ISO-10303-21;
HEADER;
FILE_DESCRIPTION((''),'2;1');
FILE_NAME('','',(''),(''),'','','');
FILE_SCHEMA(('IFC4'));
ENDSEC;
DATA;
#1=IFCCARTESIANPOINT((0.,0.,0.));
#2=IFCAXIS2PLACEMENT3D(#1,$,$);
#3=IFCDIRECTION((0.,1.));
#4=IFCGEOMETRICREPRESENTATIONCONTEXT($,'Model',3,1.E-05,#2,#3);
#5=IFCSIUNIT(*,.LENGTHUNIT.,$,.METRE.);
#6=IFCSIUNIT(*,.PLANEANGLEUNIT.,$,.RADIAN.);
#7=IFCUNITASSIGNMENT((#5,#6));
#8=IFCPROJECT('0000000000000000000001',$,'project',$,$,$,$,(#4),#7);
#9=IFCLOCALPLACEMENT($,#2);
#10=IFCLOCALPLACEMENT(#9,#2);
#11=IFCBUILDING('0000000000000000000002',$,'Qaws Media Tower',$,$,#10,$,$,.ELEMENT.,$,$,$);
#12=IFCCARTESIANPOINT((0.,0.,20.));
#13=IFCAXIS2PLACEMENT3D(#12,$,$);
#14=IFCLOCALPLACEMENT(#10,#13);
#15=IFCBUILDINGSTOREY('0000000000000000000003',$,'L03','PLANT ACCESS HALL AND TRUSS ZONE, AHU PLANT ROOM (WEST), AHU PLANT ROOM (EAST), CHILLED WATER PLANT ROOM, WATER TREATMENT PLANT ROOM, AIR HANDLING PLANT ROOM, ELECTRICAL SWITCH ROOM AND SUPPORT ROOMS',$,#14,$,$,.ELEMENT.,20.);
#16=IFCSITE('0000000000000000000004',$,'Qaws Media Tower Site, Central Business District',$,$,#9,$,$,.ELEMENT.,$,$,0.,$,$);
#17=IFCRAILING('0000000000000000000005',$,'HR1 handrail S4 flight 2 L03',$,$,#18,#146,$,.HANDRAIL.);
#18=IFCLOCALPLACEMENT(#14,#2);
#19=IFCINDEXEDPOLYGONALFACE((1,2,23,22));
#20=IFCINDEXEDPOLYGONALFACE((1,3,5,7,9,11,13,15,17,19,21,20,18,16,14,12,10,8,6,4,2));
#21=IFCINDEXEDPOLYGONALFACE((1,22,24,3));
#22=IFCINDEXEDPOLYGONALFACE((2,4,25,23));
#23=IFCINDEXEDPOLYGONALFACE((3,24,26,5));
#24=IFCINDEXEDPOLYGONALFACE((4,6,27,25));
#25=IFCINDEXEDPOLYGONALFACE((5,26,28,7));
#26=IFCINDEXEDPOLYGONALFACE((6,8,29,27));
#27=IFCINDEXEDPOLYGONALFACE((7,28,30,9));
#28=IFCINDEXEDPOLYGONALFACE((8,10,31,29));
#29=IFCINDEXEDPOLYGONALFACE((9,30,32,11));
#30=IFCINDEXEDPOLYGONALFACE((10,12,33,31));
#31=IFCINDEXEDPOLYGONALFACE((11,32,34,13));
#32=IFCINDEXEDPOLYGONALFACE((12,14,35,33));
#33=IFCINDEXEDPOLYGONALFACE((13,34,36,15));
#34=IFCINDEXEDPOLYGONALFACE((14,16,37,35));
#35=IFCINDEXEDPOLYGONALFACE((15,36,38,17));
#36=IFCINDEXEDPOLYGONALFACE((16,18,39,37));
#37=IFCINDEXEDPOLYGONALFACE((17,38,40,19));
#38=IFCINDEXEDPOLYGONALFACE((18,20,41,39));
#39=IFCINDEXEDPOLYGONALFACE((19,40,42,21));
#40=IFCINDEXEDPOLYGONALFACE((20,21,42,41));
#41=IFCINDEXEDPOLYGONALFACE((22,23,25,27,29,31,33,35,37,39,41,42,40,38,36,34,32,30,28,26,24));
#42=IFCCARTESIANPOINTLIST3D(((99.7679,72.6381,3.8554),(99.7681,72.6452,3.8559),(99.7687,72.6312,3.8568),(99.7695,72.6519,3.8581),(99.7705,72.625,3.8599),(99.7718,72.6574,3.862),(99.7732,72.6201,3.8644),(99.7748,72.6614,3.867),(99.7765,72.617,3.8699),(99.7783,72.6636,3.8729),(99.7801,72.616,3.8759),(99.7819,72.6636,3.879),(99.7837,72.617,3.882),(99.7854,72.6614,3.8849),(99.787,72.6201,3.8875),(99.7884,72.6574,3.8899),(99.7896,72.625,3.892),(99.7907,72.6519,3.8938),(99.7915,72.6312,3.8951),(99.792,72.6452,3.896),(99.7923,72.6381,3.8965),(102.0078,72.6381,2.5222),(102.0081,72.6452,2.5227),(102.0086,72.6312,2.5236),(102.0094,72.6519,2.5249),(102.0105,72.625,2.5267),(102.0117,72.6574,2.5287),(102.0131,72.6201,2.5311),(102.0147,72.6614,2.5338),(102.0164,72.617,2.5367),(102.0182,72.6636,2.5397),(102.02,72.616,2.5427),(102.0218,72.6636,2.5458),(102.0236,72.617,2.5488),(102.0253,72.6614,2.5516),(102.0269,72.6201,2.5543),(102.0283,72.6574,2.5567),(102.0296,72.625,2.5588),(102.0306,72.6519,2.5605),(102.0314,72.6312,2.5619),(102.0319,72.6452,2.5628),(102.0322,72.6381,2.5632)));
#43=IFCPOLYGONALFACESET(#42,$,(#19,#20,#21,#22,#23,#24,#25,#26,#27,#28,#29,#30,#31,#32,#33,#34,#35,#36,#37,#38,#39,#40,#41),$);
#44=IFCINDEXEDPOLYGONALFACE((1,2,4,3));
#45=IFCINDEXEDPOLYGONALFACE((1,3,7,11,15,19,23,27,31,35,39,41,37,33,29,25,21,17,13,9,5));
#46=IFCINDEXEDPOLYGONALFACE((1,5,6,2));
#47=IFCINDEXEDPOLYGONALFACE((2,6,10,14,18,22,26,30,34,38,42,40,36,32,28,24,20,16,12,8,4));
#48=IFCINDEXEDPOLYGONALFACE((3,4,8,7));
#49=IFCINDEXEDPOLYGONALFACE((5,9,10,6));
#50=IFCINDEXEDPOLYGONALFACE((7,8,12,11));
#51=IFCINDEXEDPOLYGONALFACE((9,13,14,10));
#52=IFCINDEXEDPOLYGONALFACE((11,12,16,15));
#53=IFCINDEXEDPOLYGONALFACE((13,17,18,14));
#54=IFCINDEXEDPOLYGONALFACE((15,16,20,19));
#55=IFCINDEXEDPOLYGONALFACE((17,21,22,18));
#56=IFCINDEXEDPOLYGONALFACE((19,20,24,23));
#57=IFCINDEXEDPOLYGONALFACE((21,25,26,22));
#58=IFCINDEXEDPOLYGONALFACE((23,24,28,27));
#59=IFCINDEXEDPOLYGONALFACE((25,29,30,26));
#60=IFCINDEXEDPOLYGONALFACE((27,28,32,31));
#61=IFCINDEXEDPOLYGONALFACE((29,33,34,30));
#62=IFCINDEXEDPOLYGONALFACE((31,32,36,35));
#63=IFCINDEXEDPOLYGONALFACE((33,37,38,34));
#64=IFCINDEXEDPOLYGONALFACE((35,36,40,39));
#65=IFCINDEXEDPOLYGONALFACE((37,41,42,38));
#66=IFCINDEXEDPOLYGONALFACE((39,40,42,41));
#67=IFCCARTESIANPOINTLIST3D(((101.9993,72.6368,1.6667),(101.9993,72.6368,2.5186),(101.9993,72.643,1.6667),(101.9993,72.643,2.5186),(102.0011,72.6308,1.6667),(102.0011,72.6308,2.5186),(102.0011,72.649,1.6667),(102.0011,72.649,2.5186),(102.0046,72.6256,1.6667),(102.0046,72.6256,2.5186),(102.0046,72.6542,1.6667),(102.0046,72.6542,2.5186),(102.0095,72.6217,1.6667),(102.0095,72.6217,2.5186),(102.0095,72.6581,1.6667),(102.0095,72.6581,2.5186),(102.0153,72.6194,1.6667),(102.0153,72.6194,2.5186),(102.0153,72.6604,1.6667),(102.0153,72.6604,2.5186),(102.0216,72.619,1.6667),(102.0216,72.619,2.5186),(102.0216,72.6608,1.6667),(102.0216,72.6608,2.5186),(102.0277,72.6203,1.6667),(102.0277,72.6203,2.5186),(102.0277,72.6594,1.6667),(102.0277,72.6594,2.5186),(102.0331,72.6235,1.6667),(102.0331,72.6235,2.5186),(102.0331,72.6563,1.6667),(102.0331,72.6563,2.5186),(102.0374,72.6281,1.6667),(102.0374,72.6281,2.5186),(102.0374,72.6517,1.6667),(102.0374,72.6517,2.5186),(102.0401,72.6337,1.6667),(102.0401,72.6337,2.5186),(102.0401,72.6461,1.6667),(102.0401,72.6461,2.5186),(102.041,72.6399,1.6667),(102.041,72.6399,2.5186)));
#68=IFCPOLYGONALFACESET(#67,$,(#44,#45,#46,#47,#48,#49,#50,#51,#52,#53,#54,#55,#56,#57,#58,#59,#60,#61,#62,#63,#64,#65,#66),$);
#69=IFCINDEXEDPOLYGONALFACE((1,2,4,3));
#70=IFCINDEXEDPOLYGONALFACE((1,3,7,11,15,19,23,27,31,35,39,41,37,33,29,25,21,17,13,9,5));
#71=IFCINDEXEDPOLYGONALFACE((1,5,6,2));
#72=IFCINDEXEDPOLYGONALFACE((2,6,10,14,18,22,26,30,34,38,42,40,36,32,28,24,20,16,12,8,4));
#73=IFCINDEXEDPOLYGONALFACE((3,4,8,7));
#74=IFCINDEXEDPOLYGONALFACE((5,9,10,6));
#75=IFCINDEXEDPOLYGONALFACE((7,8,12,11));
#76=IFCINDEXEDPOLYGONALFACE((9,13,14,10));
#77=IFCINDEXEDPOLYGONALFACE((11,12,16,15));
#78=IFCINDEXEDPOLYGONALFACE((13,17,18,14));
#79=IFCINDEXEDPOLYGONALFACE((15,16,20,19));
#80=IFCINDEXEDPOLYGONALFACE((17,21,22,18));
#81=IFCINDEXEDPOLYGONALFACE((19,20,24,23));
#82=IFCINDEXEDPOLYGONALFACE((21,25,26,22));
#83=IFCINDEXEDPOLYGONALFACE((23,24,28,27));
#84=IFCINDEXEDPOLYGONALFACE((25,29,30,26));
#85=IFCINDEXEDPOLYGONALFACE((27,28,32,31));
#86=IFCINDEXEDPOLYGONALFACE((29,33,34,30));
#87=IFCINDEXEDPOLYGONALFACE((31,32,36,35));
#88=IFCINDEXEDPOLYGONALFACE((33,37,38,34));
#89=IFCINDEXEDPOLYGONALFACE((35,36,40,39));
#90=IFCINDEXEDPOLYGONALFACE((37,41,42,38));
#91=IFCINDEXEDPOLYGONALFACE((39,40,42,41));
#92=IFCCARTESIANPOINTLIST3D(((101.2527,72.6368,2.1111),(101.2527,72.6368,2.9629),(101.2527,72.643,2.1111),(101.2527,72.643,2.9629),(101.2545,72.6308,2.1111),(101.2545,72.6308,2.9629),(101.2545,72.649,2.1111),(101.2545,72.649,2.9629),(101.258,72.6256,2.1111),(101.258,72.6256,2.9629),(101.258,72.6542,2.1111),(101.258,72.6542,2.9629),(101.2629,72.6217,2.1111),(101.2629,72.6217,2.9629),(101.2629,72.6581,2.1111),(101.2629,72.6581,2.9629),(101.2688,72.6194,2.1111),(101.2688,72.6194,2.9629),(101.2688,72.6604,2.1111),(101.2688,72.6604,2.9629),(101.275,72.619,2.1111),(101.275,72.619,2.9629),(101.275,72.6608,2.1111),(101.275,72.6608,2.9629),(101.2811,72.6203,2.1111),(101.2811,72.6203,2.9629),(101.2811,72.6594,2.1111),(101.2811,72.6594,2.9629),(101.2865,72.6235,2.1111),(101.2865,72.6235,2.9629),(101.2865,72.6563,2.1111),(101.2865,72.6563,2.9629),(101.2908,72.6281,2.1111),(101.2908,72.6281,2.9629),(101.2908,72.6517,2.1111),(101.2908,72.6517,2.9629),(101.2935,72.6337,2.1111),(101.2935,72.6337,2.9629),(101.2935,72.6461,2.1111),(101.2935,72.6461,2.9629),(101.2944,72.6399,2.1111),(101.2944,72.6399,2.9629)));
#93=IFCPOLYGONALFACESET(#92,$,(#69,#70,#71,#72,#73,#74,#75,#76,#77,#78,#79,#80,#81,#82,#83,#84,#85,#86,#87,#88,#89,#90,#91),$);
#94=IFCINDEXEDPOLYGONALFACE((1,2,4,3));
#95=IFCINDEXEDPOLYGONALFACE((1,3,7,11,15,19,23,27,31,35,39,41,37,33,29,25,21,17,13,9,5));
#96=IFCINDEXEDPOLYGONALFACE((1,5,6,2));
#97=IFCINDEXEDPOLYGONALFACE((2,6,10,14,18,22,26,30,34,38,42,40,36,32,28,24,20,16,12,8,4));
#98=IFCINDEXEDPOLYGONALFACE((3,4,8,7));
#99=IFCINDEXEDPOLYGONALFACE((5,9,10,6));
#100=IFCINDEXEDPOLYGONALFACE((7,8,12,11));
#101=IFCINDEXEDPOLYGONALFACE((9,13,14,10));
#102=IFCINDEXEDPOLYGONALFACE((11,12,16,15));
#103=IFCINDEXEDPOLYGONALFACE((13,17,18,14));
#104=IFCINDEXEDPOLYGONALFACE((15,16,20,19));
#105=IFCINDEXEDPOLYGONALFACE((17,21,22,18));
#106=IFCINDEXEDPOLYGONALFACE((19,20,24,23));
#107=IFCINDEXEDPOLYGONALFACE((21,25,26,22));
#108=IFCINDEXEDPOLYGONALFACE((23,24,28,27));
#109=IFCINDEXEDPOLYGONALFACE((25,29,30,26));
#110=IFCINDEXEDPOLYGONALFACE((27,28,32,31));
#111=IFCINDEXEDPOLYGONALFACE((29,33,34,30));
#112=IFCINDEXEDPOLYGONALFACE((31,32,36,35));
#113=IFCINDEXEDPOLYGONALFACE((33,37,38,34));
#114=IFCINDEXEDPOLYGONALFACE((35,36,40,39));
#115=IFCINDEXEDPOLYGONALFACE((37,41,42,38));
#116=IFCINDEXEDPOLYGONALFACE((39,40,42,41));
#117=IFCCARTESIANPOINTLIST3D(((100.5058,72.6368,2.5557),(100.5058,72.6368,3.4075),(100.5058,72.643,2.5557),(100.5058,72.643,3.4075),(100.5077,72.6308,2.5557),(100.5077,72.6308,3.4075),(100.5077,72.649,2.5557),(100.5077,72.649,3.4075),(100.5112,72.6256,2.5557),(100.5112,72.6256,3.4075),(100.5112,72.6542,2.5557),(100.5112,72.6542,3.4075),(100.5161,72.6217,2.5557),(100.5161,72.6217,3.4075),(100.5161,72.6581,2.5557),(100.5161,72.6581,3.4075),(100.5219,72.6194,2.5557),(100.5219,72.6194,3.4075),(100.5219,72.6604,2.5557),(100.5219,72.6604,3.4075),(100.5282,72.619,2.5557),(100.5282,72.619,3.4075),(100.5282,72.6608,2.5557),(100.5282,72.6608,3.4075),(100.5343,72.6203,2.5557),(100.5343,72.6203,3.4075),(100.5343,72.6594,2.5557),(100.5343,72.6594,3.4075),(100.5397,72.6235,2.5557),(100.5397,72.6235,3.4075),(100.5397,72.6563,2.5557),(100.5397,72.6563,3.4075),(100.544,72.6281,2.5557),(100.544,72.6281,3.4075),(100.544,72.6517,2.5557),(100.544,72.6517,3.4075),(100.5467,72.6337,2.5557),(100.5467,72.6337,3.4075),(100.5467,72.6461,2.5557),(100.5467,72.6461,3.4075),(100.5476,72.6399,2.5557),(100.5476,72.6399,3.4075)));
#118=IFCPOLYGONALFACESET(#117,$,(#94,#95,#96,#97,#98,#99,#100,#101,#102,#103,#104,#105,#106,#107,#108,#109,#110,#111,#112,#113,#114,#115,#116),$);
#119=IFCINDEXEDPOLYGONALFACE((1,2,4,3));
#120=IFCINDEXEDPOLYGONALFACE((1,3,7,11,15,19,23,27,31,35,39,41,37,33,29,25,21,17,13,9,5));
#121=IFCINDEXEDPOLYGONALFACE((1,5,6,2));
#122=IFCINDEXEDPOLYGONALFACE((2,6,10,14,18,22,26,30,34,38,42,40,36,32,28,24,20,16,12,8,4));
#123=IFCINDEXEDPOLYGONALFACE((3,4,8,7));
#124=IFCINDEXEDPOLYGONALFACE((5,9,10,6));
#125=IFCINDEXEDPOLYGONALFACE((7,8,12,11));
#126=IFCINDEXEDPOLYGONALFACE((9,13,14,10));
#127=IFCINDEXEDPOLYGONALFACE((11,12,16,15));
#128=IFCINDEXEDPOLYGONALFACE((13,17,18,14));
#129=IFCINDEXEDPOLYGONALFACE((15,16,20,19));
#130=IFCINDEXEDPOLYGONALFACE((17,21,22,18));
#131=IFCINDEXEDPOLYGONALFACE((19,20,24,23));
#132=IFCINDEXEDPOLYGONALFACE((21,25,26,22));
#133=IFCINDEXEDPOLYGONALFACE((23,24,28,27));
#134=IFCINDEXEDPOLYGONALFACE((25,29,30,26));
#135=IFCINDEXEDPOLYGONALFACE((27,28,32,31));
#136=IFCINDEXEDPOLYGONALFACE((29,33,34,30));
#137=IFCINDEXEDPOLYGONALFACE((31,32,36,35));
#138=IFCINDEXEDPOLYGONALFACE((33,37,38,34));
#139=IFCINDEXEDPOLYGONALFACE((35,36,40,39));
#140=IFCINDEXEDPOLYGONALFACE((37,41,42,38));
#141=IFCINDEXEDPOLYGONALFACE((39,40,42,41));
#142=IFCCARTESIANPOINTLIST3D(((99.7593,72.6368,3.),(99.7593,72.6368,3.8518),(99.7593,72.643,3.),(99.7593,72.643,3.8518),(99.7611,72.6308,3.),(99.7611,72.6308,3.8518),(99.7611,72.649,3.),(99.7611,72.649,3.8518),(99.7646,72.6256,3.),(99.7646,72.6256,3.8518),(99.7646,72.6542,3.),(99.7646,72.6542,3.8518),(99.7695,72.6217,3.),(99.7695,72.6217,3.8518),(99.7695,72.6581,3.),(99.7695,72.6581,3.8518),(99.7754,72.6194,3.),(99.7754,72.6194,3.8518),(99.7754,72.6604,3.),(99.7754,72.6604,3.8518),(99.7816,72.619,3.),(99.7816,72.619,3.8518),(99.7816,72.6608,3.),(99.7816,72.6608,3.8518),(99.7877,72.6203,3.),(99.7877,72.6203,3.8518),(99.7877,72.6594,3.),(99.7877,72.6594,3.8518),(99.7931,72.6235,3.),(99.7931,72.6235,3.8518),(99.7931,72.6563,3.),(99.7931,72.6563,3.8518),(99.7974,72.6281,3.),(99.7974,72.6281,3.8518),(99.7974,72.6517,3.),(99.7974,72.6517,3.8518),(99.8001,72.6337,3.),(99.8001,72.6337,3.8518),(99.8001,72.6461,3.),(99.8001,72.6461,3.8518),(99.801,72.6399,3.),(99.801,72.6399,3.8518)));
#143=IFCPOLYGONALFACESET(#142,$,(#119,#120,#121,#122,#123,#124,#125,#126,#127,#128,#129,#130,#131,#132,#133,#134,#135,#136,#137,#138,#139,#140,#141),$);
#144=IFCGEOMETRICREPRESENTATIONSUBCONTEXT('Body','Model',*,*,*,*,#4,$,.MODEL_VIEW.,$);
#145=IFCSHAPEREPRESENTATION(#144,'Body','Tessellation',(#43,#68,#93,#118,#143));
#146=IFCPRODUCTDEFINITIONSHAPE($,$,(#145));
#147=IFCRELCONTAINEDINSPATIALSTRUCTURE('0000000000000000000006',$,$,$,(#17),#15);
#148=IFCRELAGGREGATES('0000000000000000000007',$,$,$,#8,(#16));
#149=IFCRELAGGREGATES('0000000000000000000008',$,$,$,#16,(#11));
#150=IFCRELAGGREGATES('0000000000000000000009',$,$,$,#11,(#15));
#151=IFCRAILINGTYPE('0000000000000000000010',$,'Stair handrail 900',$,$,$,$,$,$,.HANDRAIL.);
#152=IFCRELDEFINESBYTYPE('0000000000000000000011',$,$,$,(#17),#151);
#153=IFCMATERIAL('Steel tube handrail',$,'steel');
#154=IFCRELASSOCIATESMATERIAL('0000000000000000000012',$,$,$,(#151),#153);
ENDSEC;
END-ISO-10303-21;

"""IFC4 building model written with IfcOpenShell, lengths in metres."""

from ifc_helpers import new_model, si_unit, direction, frame, origin, origin_2d, place, context, subcontext, project, spatial, circle, extrude, material, type_object, element, save


model = new_model("IFC4")

# Units and contexts
model_context = context("Model", 3, precision=1e-05, world=origin(), true_north=direction((0.0, 1.0)))
body_context = subcontext(model_context, "Body", "Model", "MODEL_VIEW")
ifc_project = project(units=[si_unit("LENGTHUNIT", "METRE"), si_unit("PLANEANGLEUNIT", "RADIAN")], contexts=[model_context])

# Site, building, storey
site_placement = place(None, origin())
site = spatial("IfcSite", under=ifc_project, at=site_placement, Name="Qaws Media Tower Site, Central Business District", CompositionType="ELEMENT", RefElevation=0.0)
building_placement = place(site_placement, origin())
building = spatial("IfcBuilding", under=site, at=building_placement, Name="Qaws Media Tower", CompositionType="ELEMENT")
storey_placement = place(building_placement, frame((0.0, 0.0, 20.0)))
storey = spatial("IfcBuildingStorey", under=building, at=storey_placement, Name="L03", Description="PLANT ACCESS HALL AND TRUSS ZONE, AHU PLANT ROOM (WEST), AHU PLANT ROOM (EAST), CHILLED WATER PLANT ROOM, WATER TREATMENT PLANT ROOM, AIR HANDLING PLANT ROOM, ELECTRICAL SWITCH ROOM AND SUPPORT ROOMS", CompositionType="ELEMENT", Elevation=20.0)

# Railing
ifc_material_1 = material(Name="Steel tube handrail", Category="steel")
railing_type_1 = type_object("IfcRailingType", Name="Stair handrail 900", PredefinedType="HANDRAIL", material=ifc_material_1)
for number, where, name in (
    (1, (102.02, 72.6399, 1.6667), "HR1 handrail S4 flight 2 L03"),
):
    element("IfcRailing", number, at=place(storey_placement, frame(where)), inside=storey, type_object=railing_type_1, Name=name, PredefinedType="HANDRAIL", context=body_context, shape_type="SweptSolid", body=[
        extrude(circle(Radius=0.0239, at=origin_2d()), frame((0.0, 0.0, 0.876), z_axis=(-0.859306, 0.0, 0.511462), x_axis=(0.0, -1.0, 0.0)), (0.0, 0.0, 1.0), 2.6067),
        extrude(circle(Radius=0.021, at=origin_2d()), origin(), (0.0, 0.0, 1.0), 0.8518),
        extrude(circle(Radius=0.021, at=origin_2d()), frame((-0.7466, 0.0, 0.4443)), (0.0, 0.0, 1.0), 0.8518),
        extrude(circle(Radius=0.021, at=origin_2d()), frame((-1.4934, 0.0, 0.8889)), (0.0, 0.0, 1.0), 0.8518),
        extrude(circle(Radius=0.021, at=origin_2d()), frame((-2.24, 0.0, 1.3333)), (0.0, 0.0, 1.0), 0.8518),
    ])

save(model, "model.ifc")
